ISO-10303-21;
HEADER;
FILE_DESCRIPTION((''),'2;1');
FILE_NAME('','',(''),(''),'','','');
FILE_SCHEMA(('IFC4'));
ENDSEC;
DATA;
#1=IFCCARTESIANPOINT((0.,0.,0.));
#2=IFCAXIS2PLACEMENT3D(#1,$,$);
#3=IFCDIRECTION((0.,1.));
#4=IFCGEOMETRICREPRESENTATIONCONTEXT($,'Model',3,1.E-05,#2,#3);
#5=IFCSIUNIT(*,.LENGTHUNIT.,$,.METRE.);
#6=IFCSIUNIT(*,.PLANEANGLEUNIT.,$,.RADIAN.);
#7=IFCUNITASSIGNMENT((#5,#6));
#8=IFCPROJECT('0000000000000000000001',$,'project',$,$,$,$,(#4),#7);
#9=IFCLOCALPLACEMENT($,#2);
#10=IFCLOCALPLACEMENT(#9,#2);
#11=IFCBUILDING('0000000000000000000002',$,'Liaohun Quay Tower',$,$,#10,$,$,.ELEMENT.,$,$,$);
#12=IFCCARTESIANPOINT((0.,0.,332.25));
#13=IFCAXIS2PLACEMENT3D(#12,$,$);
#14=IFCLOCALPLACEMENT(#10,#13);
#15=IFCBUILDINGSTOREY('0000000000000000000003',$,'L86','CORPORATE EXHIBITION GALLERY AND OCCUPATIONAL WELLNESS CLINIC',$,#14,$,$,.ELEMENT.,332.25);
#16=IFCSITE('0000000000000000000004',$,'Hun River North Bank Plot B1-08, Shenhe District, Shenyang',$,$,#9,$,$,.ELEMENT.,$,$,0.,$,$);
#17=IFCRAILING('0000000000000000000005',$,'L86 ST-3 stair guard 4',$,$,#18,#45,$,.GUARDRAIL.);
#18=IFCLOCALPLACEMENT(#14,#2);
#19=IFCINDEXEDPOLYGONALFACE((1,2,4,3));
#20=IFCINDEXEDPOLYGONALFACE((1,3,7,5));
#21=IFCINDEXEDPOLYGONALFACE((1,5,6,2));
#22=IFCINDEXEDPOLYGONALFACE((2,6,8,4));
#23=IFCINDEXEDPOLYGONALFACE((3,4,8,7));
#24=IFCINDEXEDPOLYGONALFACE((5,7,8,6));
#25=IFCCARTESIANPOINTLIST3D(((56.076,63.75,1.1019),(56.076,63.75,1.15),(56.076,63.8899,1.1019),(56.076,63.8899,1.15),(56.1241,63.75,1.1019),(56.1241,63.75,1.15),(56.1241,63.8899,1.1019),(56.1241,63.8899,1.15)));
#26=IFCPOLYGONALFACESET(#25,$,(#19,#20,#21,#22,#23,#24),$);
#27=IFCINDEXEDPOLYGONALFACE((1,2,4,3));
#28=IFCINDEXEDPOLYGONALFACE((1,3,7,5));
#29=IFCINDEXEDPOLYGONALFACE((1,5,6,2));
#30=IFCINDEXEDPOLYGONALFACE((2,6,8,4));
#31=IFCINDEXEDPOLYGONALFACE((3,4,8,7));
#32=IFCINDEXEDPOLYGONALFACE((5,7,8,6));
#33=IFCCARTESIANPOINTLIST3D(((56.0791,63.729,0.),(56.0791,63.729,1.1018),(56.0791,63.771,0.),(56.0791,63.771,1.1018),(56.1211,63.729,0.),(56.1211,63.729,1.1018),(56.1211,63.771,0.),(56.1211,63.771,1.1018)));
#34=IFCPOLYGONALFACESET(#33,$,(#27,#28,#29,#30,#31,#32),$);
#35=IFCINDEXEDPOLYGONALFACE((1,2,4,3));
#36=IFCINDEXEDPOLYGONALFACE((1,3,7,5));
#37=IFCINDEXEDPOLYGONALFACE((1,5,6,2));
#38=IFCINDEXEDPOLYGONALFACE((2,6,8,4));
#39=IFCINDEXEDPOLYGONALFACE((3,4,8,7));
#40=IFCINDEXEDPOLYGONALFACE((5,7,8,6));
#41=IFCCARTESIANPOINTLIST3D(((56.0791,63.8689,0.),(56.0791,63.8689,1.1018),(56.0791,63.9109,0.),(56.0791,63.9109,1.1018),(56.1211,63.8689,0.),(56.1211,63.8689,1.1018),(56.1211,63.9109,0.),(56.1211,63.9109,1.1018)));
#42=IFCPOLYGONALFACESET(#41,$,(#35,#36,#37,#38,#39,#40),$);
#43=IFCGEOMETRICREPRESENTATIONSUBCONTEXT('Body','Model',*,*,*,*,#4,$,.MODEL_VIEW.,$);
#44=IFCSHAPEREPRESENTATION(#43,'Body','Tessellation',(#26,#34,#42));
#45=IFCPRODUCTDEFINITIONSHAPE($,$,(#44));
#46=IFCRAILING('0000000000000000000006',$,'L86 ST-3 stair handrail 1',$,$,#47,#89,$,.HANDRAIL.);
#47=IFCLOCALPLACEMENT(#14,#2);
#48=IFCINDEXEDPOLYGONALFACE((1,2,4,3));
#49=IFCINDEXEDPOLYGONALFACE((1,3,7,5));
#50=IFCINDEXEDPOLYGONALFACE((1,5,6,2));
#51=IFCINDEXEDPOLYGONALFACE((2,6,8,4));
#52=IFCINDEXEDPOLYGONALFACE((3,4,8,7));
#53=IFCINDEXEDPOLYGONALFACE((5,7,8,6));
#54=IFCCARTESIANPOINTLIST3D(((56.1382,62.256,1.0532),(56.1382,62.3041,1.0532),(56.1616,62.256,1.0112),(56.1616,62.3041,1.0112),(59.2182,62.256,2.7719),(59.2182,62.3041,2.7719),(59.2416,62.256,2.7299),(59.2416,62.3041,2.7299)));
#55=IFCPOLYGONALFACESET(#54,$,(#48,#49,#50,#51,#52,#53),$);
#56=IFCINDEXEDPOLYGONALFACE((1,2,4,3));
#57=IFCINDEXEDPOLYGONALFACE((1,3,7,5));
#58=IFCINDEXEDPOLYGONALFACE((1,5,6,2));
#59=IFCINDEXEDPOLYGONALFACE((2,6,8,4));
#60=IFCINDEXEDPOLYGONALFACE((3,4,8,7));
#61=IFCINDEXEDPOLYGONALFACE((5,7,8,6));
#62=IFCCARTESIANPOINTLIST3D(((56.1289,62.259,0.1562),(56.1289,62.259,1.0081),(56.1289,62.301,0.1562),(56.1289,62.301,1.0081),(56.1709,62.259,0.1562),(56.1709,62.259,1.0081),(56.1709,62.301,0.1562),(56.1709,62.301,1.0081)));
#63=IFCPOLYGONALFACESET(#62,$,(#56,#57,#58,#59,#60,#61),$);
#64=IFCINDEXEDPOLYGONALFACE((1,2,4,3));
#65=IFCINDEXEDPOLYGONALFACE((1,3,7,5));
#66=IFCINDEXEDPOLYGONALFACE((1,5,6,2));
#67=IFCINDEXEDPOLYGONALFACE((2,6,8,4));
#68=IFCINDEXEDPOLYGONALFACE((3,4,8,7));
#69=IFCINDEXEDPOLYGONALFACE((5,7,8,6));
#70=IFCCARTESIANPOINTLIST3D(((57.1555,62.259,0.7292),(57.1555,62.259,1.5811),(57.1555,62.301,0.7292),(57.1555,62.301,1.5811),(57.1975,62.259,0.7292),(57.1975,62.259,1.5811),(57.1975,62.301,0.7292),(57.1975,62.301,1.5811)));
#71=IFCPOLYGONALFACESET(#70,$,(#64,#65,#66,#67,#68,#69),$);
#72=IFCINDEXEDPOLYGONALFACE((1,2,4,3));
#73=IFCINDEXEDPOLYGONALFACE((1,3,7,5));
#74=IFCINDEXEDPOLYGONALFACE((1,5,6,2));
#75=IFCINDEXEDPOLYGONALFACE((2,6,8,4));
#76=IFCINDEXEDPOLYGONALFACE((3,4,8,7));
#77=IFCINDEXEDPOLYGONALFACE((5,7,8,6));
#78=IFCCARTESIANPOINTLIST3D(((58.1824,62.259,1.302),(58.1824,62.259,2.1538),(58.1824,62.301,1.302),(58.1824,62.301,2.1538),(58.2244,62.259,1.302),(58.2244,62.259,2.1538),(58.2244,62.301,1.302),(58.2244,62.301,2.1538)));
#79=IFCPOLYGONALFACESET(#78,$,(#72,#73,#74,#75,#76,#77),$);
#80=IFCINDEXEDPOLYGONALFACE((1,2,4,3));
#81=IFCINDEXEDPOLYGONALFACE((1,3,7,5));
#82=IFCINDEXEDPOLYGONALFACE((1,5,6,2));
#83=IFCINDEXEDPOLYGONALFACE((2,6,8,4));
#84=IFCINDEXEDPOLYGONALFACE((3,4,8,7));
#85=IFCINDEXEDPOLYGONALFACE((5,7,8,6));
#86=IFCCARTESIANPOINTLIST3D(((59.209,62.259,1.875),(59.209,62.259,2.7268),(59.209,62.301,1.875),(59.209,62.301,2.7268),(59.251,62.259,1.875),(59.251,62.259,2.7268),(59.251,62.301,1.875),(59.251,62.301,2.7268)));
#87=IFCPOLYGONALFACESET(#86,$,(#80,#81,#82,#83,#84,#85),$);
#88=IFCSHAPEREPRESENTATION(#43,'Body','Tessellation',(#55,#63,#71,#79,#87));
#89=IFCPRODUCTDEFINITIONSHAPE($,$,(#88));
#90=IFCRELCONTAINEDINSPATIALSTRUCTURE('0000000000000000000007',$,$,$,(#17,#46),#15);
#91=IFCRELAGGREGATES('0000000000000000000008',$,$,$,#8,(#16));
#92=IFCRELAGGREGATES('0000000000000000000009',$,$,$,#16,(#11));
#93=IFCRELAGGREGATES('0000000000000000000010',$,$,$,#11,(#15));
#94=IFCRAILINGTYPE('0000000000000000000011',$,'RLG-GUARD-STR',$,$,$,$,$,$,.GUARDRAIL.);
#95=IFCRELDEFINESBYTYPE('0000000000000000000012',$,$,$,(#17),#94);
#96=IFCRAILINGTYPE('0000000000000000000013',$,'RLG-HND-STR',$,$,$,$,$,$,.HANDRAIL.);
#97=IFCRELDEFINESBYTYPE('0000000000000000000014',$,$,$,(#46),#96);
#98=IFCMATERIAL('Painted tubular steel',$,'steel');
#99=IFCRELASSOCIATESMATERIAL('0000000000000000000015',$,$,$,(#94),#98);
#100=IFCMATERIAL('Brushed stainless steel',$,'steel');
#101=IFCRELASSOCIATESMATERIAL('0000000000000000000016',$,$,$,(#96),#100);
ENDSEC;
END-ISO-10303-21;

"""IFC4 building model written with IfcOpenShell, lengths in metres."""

from ifc_helpers import new_model, si_unit, direction, frame, origin, origin_2d, place, context, subcontext, project, spatial, rectangle, extrude, material, type_object, element, save


model = new_model("IFC4")

# Units and contexts
model_context = context("Model", 3, precision=1e-05, world=origin(), true_north=direction((0.0, 1.0)))
body_context = subcontext(model_context, "Body", "Model", "MODEL_VIEW")
ifc_project = project(units=[si_unit("LENGTHUNIT", "METRE"), si_unit("PLANEANGLEUNIT", "RADIAN")], contexts=[model_context])

# Site, building, storey
site_placement = place(None, origin())
site = spatial("IfcSite", under=ifc_project, at=site_placement, Name="Hun River North Bank Plot B1-08, Shenhe District, Shenyang", CompositionType="ELEMENT", RefElevation=0.0)
building_placement = place(site_placement, origin())
building = spatial("IfcBuilding", under=site, at=building_placement, Name="Liaohun Quay Tower", CompositionType="ELEMENT")
storey_placement = place(building_placement, frame((0.0, 0.0, 332.25)))
storey = spatial("IfcBuildingStorey", under=building, at=storey_placement, Name="L86", Description="CORPORATE EXHIBITION GALLERY AND OCCUPATIONAL WELLNESS CLINIC", CompositionType="ELEMENT", Elevation=332.25)

# Railings
ifc_material_1 = material(Name="Painted tubular steel", Category="steel")
railing_type_1 = type_object("IfcRailingType", Name="RLG-GUARD-STR", PredefinedType="GUARDRAIL", material=ifc_material_1)
railing_1_placement = place(storey_placement, frame((56.1001, 63.75, 0.0)))
element("IfcRailing", 1, at=railing_1_placement, inside=storey, type_object=railing_type_1, Name="L86 ST-3 stair guard 4", PredefinedType="GUARDRAIL", context=body_context, shape_type="SweptSolid", body=[
    extrude(rectangle(XDim=0.0481, YDim=0.0481, at=origin_2d()), frame((0.0, 0.0, 1.126), z_axis=(0.0, 1.0, 0.0), x_axis=(-1.0, 0.0, 0.0)), (0.0, 0.0, 1.0), 0.1399),
    extrude(rectangle(XDim=0.042, YDim=0.042, at=origin_2d()), origin(), (0.0, 0.0, 1.0), 1.1018),
    extrude(rectangle(XDim=0.042, YDim=0.042, at=origin_2d()), frame((0.0, 0.1399, 0.0)), (0.0, 0.0, 1.0), 1.1018),
])
ifc_material_2 = material(Name="Brushed stainless steel", Category="steel")
railing_type_2 = type_object("IfcRailingType", Name="RLG-HND-STR", PredefinedType="HANDRAIL", material=ifc_material_2)
railing_2_placement = place(storey_placement, frame((56.1499, 62.28, 0.1562)))
element("IfcRailing", 2, at=railing_2_placement, inside=storey, type_object=railing_type_2, Name="L86 ST-3 stair handrail 1", PredefinedType="HANDRAIL", context=body_context, shape_type="SweptSolid", body=[
    extrude(rectangle(XDim=0.0481, YDim=0.0481, at=origin_2d()), frame((0.0, 0.0, 0.876), z_axis=(0.873242, 0.0, 0.487288), x_axis=(0.0, 1.0, 0.0)), (0.0, 0.0, 1.0), 3.5271),
    extrude(rectangle(XDim=0.042, YDim=0.042, at=origin_2d()), origin(), (0.0, 0.0, 1.0), 0.8518),
    extrude(rectangle(XDim=0.042, YDim=0.042, at=origin_2d()), frame((1.0266, 0.0, 0.573)), (0.0, 0.0, 1.0), 0.8518),
    extrude(rectangle(XDim=0.042, YDim=0.042, at=origin_2d()), frame((2.0535, 0.0, 1.1458)), (0.0, 0.0, 1.0), 0.8518),
    extrude(rectangle(XDim=0.042, YDim=0.042, at=origin_2d()), frame((3.0801, 0.0, 1.7188)), (0.0, 0.0, 1.0), 0.8518),
])

save(model, "model.ifc")
